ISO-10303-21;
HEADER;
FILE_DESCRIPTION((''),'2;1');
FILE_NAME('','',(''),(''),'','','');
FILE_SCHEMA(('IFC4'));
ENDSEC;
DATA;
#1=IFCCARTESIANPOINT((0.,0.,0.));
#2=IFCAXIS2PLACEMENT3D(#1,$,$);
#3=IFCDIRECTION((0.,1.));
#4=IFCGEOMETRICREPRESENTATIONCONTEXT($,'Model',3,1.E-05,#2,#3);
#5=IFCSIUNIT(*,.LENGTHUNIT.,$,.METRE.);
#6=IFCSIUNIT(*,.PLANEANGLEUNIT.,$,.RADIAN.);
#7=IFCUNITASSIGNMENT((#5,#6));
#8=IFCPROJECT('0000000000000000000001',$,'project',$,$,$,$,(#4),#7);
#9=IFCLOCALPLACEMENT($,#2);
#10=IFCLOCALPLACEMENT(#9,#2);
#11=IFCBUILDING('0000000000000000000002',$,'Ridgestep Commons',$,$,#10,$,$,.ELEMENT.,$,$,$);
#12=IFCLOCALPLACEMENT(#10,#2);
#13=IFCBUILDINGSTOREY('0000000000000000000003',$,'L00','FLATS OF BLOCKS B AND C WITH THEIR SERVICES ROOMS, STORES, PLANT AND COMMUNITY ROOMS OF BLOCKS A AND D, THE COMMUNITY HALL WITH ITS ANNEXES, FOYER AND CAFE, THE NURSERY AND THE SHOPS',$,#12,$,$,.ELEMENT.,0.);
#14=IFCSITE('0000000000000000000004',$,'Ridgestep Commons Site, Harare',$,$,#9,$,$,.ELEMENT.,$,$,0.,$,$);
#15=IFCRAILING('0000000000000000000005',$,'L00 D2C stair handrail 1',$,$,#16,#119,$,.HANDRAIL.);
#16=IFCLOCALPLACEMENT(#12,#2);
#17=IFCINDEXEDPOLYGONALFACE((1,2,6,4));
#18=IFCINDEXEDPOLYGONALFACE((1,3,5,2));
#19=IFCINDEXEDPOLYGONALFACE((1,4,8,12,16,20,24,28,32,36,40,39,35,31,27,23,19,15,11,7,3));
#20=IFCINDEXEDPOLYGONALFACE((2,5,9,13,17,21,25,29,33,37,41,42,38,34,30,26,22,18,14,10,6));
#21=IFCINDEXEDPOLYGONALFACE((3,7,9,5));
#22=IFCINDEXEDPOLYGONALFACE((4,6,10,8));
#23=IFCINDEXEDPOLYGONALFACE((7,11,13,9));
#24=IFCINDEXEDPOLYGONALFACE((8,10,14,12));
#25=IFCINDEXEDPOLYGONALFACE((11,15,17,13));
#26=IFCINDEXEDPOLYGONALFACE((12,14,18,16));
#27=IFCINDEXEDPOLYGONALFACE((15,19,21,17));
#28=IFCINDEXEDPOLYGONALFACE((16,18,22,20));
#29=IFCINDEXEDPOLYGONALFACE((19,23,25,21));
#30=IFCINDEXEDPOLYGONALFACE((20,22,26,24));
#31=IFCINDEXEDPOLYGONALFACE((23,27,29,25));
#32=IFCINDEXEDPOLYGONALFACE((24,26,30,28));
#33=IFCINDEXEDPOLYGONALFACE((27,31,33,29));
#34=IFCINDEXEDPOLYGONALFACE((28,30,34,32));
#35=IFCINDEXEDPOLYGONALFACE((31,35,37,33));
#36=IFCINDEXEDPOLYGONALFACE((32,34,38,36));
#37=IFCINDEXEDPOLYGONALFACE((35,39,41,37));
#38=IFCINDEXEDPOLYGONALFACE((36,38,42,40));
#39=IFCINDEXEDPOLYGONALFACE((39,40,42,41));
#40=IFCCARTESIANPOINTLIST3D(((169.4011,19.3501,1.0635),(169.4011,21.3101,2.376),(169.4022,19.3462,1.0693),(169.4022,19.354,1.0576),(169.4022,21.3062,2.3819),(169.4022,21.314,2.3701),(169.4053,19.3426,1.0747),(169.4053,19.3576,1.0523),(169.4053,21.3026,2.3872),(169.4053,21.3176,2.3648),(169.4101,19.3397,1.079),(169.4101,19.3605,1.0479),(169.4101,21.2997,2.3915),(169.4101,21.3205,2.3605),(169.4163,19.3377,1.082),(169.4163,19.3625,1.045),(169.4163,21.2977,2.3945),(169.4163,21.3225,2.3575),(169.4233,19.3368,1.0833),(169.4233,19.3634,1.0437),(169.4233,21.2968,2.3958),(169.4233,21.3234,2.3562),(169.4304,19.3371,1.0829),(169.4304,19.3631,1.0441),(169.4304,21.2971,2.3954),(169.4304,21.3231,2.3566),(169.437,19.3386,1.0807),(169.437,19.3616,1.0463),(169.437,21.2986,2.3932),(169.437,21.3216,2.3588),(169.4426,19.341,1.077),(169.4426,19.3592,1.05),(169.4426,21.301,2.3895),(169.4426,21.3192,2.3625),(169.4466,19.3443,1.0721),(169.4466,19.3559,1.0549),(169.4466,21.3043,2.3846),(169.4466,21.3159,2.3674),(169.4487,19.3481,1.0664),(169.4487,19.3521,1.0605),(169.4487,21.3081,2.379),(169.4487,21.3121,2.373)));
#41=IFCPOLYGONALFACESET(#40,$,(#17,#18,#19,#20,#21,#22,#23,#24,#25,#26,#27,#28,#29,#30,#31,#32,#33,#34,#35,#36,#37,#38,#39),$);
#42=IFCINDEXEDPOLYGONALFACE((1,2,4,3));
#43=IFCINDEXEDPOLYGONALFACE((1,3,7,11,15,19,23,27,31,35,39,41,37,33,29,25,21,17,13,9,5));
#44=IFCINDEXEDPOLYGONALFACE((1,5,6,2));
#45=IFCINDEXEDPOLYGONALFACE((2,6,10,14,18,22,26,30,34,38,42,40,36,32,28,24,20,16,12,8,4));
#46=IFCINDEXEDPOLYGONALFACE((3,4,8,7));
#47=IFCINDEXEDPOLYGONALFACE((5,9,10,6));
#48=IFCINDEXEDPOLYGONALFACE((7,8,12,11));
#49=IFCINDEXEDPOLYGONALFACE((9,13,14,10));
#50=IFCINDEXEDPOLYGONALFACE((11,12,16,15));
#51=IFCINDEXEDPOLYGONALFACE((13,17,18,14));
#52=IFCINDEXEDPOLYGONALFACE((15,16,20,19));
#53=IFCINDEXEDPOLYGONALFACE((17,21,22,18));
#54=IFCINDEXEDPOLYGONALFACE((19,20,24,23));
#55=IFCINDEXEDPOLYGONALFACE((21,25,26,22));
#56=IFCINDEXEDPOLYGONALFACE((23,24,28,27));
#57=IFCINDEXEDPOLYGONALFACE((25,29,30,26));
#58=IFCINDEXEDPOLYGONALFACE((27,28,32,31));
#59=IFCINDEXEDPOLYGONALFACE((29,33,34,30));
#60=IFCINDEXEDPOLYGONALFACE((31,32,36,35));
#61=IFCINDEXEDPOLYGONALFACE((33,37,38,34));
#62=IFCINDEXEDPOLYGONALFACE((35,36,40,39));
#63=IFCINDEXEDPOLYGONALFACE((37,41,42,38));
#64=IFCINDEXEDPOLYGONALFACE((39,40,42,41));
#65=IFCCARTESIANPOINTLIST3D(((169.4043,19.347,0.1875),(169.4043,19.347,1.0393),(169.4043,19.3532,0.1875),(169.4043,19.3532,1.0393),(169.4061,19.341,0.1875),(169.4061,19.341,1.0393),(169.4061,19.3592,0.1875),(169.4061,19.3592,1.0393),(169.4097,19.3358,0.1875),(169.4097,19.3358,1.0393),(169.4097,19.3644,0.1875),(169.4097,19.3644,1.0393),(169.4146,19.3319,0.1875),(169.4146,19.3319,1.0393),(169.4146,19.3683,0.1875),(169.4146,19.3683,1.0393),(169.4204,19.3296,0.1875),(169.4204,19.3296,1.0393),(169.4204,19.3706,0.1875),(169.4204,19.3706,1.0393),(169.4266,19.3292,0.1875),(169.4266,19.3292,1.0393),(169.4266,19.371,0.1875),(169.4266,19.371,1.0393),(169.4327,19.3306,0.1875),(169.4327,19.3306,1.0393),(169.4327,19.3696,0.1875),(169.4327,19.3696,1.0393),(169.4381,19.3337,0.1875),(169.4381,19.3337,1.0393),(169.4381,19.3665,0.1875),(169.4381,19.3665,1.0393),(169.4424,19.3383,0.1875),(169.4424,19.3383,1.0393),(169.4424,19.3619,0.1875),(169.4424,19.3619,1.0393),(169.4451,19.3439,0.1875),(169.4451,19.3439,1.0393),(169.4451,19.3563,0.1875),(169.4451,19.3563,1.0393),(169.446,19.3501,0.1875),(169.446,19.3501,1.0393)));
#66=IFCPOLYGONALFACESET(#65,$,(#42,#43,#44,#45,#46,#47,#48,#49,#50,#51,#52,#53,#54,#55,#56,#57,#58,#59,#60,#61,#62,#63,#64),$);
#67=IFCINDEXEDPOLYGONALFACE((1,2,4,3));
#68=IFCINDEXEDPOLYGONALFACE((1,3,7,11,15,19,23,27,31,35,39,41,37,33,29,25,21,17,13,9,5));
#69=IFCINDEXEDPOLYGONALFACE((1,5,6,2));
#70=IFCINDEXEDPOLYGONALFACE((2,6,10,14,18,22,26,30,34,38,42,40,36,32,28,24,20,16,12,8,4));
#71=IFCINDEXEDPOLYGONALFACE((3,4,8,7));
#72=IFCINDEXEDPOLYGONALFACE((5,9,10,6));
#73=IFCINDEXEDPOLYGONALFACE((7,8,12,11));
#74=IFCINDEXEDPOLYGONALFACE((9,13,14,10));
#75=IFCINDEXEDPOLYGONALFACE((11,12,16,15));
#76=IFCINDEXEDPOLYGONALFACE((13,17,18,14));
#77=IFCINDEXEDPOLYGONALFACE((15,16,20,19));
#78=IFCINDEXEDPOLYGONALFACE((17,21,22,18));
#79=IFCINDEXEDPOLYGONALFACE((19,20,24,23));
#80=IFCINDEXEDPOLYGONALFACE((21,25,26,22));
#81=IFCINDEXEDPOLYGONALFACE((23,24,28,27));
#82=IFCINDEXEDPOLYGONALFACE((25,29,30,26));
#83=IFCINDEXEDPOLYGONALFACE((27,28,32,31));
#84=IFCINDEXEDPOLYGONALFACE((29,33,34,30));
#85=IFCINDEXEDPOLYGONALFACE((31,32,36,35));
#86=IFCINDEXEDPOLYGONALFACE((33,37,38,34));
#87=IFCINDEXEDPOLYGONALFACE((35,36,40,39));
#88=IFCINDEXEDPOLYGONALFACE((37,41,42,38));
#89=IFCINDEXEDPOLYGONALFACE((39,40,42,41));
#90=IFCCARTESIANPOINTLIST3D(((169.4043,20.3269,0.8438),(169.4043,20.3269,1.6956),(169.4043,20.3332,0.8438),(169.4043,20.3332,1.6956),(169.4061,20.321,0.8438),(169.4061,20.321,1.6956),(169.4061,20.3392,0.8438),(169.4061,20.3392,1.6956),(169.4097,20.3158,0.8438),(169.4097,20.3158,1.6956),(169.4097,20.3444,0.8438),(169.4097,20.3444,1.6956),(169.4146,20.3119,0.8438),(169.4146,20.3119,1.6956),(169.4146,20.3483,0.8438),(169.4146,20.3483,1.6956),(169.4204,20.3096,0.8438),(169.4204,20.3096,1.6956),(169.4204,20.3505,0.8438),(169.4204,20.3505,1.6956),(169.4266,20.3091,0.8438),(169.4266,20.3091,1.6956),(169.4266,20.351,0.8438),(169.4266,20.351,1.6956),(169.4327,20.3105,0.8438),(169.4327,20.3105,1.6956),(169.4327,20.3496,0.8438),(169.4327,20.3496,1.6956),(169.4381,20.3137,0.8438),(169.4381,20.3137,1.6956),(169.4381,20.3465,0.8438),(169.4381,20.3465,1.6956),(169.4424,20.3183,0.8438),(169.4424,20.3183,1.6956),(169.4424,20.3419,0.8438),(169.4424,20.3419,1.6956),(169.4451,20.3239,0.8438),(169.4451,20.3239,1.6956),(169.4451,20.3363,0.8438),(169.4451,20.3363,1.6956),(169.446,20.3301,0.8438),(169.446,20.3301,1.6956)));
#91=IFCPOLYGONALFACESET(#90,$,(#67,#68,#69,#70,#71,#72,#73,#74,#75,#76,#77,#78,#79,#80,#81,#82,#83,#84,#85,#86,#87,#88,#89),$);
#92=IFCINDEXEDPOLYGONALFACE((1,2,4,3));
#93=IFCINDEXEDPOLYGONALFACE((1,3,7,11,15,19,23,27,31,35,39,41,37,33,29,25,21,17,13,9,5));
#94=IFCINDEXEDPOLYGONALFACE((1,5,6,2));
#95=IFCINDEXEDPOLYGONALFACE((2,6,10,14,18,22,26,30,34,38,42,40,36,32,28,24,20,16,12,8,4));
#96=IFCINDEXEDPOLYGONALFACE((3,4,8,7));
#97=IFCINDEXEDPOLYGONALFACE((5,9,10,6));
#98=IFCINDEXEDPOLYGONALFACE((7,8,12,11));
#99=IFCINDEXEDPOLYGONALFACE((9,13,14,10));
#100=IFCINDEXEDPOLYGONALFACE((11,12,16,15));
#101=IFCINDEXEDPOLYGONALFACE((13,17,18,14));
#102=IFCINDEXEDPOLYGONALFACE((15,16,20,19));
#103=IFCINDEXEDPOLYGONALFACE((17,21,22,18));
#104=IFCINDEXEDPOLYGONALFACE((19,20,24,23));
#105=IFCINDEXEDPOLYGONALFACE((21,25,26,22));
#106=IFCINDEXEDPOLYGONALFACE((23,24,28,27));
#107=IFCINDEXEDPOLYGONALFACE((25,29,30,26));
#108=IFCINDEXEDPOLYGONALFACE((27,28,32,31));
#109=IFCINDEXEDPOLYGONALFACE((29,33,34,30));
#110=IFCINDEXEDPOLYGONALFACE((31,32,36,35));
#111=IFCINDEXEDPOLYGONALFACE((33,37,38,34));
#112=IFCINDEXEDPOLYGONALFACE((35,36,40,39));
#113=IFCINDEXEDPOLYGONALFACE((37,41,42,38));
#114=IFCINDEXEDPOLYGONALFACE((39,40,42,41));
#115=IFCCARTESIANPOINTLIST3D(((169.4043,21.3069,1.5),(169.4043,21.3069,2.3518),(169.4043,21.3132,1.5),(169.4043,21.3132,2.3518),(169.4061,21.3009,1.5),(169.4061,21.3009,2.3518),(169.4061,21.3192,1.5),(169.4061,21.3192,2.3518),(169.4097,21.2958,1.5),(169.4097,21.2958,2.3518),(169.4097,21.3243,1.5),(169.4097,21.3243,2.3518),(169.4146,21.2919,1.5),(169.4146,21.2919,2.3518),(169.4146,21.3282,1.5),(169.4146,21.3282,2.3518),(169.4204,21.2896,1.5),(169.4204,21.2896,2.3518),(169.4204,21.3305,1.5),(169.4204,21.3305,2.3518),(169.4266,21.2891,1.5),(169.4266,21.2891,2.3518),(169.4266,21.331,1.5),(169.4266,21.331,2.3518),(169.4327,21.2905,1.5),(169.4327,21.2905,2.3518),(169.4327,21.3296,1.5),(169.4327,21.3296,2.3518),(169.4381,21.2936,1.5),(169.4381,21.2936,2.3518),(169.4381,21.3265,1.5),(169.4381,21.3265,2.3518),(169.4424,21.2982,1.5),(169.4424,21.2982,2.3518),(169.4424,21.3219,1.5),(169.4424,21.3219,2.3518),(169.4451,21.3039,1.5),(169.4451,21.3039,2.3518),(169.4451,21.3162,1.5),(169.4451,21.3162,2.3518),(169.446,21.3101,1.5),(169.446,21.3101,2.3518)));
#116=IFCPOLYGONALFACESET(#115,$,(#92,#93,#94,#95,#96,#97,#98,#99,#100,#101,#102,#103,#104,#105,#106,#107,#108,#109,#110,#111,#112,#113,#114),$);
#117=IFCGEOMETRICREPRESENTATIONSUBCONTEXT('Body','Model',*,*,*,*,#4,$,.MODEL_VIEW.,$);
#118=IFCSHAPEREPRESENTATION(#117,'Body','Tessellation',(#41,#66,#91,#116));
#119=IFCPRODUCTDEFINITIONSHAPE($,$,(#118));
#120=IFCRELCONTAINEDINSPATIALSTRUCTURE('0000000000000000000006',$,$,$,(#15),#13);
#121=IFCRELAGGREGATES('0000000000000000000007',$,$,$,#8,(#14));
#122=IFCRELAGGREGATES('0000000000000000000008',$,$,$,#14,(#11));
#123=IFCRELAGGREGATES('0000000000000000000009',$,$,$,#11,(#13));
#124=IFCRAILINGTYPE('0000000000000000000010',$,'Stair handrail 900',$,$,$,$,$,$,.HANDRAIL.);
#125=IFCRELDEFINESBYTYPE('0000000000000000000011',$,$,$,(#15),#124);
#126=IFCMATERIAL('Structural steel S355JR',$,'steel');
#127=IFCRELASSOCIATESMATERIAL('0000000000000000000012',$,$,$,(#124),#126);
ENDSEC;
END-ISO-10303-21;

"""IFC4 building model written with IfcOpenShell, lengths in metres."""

from ifc_helpers import new_model, si_unit, direction, frame, origin, origin_2d, place, context, subcontext, project, spatial, circle, extrude, material, type_object, element, save


model = new_model("IFC4")

# Units and contexts
model_context = context("Model", 3, precision=1e-05, world=origin(), true_north=direction((0.0, 1.0)))
body_context = subcontext(model_context, "Body", "Model", "MODEL_VIEW")
ifc_project = project(units=[si_unit("LENGTHUNIT", "METRE"), si_unit("PLANEANGLEUNIT", "RADIAN")], contexts=[model_context])

# Site, building, storey
site_placement = place(None, origin())
site = spatial("IfcSite", under=ifc_project, at=site_placement, Name="Ridgestep Commons Site, Harare", CompositionType="ELEMENT", RefElevation=0.0)
building_placement = place(site_placement, origin())
building = spatial("IfcBuilding", under=site, at=building_placement, Name="Ridgestep Commons", CompositionType="ELEMENT")
storey_placement = place(building_placement, origin())
storey = spatial("IfcBuildingStorey", under=building, at=storey_placement, Name="L00", Description="FLATS OF BLOCKS B AND C WITH THEIR SERVICES ROOMS, STORES, PLANT AND COMMUNITY ROOMS OF BLOCKS A AND D, THE COMMUNITY HALL WITH ITS ANNEXES, FOYER AND CAFE, THE NURSERY AND THE SHOPS", CompositionType="ELEMENT", Elevation=0.0)

# Railing
ifc_material_1 = material(Name="Structural steel S355JR", Category="steel")
railing_type_1 = type_object("IfcRailingType", Name="Stair handrail 900", PredefinedType="HANDRAIL", material=ifc_material_1)
railing_1_placement = place(storey_placement, frame((169.425, 19.3501, 0.1875)))
element("IfcRailing", 1, at=railing_1_placement, inside=storey, type_object=railing_type_1, Name="L00 D2C stair handrail 1", PredefinedType="HANDRAIL", context=body_context, shape_type="SweptSolid", body=[
    extrude(circle(Radius=0.0239, at=origin_2d()), frame((0.0, 0.0, 0.876), z_axis=(0.0, 0.830902, 0.556419), x_axis=(-1.0, 0.0, 0.0)), (0.0, 0.0, 1.0), 2.3589),
    extrude(circle(Radius=0.021, at=origin_2d()), origin(), (0.0, 0.0, 1.0), 0.8518),
    extrude(circle(Radius=0.021, at=origin_2d()), frame((0.0, 0.98, 0.6562)), (0.0, 0.0, 1.0), 0.8518),
    extrude(circle(Radius=0.021, at=origin_2d()), frame((0.0, 1.96, 1.3125)), (0.0, 0.0, 1.0), 0.8518),
])

save(model, "model.ifc")
